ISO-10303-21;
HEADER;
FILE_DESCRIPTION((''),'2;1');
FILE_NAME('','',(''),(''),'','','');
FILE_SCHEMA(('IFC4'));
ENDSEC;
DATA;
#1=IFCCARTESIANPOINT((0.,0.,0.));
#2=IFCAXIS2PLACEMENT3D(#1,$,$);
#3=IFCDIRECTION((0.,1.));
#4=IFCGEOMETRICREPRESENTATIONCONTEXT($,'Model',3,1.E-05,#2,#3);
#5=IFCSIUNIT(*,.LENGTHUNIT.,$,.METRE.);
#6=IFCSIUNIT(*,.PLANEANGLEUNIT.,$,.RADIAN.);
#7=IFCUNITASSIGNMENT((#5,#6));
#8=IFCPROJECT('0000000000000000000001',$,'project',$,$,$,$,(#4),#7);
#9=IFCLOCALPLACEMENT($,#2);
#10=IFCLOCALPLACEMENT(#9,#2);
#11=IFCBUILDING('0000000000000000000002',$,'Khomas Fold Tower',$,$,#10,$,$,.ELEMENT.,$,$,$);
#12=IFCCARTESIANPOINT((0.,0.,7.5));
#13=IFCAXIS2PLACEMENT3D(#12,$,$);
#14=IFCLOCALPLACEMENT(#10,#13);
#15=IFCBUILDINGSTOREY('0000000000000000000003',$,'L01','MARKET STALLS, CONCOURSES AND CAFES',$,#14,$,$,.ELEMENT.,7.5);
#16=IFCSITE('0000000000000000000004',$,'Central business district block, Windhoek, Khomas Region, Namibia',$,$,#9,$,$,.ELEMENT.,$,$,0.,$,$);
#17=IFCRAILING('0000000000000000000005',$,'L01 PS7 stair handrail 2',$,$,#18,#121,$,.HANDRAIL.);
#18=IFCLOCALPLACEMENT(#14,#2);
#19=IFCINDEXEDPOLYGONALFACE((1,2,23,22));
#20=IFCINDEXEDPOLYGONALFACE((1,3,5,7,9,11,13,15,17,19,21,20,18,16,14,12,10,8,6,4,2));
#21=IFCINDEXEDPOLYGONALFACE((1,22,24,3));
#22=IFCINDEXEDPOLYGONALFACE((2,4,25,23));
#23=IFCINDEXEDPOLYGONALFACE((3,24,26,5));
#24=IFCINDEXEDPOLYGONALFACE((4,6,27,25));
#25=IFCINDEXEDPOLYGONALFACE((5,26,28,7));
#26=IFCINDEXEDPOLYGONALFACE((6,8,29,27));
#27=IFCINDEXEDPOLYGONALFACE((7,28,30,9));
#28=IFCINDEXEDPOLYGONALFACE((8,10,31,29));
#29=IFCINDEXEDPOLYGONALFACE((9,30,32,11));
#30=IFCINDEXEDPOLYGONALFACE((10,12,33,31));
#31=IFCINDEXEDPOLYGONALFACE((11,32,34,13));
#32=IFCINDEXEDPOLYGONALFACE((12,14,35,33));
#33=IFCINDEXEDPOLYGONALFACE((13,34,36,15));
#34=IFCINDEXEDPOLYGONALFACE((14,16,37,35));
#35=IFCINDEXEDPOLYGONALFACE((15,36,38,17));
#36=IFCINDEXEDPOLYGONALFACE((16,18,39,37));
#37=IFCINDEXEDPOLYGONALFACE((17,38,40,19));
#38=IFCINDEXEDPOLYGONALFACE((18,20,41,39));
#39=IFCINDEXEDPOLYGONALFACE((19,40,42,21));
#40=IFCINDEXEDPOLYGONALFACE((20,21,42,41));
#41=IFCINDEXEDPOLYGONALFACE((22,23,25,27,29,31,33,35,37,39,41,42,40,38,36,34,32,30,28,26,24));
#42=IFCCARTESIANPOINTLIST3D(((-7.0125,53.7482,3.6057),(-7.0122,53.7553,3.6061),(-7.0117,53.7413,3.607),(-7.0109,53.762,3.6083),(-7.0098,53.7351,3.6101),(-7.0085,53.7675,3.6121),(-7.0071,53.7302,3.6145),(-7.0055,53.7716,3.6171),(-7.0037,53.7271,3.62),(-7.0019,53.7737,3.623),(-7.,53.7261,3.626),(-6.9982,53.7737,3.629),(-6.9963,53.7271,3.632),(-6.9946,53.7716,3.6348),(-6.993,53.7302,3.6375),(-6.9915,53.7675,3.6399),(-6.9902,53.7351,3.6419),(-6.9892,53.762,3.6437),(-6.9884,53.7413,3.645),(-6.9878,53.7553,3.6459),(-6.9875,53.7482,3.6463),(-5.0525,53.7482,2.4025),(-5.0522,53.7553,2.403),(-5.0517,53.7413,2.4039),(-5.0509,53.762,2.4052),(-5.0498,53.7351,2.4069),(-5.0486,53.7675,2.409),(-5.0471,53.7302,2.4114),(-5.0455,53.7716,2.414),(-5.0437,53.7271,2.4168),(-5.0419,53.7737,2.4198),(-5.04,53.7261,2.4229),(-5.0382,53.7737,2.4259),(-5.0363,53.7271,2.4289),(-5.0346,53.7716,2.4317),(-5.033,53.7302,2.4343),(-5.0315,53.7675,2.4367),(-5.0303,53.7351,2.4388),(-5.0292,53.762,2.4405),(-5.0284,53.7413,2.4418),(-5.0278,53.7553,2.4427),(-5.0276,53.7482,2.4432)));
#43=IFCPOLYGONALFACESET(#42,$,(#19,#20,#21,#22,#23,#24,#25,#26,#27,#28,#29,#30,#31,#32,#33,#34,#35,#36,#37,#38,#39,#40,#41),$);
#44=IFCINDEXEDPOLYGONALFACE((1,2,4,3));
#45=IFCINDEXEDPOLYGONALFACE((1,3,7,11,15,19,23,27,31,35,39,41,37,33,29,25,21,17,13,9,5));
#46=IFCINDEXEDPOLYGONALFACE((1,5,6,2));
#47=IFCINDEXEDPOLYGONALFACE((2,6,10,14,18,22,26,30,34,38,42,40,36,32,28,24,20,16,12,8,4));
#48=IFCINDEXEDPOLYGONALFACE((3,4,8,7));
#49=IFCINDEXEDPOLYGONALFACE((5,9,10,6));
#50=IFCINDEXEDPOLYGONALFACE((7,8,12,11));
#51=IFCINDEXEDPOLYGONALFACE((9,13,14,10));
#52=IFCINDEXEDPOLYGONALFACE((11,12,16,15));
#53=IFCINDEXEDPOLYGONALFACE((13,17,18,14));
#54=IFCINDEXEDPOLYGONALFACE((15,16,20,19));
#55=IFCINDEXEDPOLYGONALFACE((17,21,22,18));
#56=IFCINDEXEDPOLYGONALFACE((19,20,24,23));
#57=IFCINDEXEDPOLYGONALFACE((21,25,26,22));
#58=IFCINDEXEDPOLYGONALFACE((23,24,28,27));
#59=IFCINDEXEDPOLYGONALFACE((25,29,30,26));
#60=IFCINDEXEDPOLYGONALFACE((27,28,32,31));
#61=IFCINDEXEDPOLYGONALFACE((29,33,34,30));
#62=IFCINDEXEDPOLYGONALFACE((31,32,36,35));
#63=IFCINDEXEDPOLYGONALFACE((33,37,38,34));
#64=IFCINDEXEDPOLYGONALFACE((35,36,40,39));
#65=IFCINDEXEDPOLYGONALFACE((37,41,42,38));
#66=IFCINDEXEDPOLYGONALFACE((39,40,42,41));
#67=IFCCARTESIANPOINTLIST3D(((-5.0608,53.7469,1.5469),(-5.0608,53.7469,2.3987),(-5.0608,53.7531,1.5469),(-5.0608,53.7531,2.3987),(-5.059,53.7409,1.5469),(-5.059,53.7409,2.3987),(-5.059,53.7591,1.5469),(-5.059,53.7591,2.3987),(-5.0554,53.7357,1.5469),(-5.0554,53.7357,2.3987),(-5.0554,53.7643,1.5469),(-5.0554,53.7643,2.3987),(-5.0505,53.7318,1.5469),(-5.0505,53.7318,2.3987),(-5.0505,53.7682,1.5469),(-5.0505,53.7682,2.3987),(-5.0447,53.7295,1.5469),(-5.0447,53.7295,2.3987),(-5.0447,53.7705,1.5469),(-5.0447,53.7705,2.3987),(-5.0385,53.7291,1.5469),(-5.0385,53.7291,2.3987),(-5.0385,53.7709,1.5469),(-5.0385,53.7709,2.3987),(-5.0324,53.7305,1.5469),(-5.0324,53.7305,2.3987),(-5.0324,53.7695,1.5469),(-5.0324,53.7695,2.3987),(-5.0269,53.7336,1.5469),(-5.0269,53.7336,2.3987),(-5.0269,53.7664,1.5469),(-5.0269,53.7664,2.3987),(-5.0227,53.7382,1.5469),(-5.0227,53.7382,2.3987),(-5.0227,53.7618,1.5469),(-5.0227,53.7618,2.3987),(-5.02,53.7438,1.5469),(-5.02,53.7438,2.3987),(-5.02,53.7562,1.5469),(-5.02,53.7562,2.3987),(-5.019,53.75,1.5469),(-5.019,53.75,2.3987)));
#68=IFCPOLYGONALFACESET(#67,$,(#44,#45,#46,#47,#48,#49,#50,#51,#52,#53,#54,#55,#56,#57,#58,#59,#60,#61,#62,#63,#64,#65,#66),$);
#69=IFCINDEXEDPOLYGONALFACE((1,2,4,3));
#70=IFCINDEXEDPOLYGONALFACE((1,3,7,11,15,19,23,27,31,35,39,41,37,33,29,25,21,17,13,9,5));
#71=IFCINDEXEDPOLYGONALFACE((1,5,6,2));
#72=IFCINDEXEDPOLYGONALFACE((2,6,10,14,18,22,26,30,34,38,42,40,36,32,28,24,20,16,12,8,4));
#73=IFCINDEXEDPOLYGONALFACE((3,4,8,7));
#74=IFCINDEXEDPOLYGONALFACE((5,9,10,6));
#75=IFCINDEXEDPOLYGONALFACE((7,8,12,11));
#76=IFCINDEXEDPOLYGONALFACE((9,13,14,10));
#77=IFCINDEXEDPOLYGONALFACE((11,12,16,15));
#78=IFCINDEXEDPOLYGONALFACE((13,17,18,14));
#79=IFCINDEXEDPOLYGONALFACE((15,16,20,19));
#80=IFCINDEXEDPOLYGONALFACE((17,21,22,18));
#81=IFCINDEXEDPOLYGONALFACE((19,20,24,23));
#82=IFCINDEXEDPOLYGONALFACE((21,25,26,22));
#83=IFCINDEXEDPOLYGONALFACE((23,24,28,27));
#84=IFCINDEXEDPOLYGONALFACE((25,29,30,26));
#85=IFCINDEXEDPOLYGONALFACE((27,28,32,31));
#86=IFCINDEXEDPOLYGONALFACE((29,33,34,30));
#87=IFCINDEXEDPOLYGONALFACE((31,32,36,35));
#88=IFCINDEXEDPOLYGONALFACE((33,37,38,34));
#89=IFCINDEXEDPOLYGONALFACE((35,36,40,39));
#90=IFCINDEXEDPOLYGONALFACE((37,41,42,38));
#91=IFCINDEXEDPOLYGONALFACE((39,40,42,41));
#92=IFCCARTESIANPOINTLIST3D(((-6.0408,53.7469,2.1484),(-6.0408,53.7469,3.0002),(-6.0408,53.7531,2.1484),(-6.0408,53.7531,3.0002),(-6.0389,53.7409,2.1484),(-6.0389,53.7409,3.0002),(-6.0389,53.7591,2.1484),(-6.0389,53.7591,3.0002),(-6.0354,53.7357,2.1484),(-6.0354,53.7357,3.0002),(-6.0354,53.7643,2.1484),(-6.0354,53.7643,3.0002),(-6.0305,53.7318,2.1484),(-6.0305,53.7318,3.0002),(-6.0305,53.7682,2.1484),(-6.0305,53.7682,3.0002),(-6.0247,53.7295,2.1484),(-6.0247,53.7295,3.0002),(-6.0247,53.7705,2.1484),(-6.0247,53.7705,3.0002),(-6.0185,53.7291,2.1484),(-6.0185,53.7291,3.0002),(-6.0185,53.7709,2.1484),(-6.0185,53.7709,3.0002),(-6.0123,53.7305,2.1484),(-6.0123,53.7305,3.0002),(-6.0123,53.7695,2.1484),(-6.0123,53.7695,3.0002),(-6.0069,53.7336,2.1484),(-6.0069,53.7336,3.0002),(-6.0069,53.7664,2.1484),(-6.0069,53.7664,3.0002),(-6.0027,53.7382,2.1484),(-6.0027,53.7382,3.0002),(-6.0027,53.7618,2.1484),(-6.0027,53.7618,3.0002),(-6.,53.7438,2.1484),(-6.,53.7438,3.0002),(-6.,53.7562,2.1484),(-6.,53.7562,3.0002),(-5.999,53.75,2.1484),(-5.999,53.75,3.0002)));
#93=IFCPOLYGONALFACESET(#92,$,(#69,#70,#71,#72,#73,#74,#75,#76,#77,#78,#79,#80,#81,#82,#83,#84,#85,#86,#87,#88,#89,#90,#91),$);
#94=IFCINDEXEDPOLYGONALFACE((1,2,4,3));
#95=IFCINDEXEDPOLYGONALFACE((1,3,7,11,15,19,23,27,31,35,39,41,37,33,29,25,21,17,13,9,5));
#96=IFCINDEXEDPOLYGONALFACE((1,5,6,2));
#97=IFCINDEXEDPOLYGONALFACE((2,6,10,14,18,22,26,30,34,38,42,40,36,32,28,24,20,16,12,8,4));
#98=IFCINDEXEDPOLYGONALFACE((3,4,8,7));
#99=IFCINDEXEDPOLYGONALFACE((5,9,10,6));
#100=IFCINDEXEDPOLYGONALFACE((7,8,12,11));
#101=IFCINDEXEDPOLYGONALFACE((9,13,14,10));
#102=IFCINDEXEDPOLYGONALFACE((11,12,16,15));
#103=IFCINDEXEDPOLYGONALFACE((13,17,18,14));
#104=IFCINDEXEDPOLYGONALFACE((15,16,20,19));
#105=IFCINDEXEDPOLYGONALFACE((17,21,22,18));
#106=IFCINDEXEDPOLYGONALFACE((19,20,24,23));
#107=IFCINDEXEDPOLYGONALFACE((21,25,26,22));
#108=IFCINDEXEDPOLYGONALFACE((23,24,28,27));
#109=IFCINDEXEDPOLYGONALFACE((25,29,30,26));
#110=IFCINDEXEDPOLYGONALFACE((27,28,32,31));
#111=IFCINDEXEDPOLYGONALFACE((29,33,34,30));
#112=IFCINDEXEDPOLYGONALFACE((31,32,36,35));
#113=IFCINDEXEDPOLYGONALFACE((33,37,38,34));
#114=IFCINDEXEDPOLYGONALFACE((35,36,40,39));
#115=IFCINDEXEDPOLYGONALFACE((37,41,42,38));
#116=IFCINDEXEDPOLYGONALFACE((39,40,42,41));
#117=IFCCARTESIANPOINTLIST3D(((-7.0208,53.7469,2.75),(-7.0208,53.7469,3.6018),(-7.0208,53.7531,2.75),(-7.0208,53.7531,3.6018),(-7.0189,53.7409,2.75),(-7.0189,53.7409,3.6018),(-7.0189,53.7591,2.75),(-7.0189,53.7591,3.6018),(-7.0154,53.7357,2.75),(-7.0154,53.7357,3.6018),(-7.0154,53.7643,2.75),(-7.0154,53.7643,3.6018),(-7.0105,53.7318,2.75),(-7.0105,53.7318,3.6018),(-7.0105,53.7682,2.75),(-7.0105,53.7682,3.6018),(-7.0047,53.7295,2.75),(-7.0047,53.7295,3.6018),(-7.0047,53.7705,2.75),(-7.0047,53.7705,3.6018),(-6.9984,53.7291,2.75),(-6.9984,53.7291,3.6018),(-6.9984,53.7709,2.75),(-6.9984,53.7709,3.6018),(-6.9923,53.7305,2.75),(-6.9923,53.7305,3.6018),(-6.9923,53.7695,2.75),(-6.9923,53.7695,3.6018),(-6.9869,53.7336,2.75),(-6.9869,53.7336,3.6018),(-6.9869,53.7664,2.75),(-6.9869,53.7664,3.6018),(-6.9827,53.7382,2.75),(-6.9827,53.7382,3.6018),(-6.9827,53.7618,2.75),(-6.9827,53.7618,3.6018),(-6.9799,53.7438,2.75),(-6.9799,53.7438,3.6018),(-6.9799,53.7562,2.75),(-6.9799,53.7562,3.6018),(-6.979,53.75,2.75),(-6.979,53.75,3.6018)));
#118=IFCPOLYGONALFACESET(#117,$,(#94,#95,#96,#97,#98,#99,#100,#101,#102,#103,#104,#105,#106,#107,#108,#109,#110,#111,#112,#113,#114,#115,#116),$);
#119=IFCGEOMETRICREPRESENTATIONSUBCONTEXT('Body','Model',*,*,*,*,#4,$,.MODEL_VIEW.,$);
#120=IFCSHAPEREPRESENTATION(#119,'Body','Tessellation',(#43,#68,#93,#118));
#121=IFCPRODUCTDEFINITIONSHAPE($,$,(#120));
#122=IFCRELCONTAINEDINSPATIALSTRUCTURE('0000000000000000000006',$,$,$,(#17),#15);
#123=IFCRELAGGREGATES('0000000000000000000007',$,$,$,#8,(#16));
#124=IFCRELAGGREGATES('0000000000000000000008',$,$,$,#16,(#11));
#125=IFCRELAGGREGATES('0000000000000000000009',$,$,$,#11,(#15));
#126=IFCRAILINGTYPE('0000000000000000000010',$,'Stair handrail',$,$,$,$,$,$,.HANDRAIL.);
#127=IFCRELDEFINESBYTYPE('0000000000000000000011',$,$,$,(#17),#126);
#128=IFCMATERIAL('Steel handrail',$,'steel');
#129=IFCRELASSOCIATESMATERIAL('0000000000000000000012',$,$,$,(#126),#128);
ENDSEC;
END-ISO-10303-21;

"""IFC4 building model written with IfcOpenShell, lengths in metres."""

from ifc_helpers import new_model, si_unit, direction, frame, origin, origin_2d, place, context, subcontext, project, spatial, circle, extrude, source, transform, mapped, material, type_object, element, save


model = new_model("IFC4")

# Units and contexts
model_context = context("Model", 3, precision=1e-05, world=origin(), true_north=direction((0.0, 1.0)))
body_context = subcontext(model_context, "Body", "Model", "MODEL_VIEW")
ifc_project = project(units=[si_unit("LENGTHUNIT", "METRE"), si_unit("PLANEANGLEUNIT", "RADIAN")], contexts=[model_context])

# Site, building, storey
site_placement = place(None, origin())
site = spatial("IfcSite", under=ifc_project, at=site_placement, Name="Central business district block, Windhoek, Khomas Region, Namibia", CompositionType="ELEMENT", RefElevation=0.0)
building_placement = place(site_placement, origin())
building = spatial("IfcBuilding", under=site, at=building_placement, Name="Khomas Fold Tower", CompositionType="ELEMENT")
storey_placement = place(building_placement, frame((0.0, 0.0, 7.5)))
storey = spatial("IfcBuildingStorey", under=building, at=storey_placement, Name="L01", Description="MARKET STALLS, CONCOURSES AND CAFES", CompositionType="ELEMENT", Elevation=7.5)

# Railing
ifc_material_1 = material(Name="Steel handrail", Category="steel")
railing_type_1 = type_object("IfcRailingType", Name="Stair handrail", PredefinedType="HANDRAIL", material=ifc_material_1)
shared_shape_1 = source(origin(), body_context, "Body", "SweptSolid", [
    extrude(circle(Radius=0.0239, at=origin_2d()), frame((0.0, 0.0, 0.876), z_axis=(-0.852241, 0.0, 0.523149), x_axis=(0.0, -1.0, 0.0)), (0.0, 0.0, 1.0), 2.2998),
    extrude(circle(Radius=0.021, at=origin_2d()), origin(), (0.0, 0.0, 1.0), 0.8518),
    extrude(circle(Radius=0.021, at=origin_2d()), frame((-0.98, 0.0, 0.6016)), (0.0, 0.0, 1.0), 0.8518),
    extrude(circle(Radius=0.021, at=origin_2d()), frame((-1.96, 0.0, 1.2031)), (0.0, 0.0, 1.0), 0.8518),
])
for number, where, name in (
    (1, (-5.04, 53.75, 1.5469), "L01 PS7 stair handrail 2"),
):
    element("IfcRailing", number, at=place(storey_placement, frame(where)), inside=storey, type_object=railing_type_1, Name=name, PredefinedType="HANDRAIL", context=body_context, shape_type="MappedRepresentation", body=[
        mapped(shared_shape_1, transform((0.0, 0.0, 0.0))),
    ])

save(model, "model.ifc")
